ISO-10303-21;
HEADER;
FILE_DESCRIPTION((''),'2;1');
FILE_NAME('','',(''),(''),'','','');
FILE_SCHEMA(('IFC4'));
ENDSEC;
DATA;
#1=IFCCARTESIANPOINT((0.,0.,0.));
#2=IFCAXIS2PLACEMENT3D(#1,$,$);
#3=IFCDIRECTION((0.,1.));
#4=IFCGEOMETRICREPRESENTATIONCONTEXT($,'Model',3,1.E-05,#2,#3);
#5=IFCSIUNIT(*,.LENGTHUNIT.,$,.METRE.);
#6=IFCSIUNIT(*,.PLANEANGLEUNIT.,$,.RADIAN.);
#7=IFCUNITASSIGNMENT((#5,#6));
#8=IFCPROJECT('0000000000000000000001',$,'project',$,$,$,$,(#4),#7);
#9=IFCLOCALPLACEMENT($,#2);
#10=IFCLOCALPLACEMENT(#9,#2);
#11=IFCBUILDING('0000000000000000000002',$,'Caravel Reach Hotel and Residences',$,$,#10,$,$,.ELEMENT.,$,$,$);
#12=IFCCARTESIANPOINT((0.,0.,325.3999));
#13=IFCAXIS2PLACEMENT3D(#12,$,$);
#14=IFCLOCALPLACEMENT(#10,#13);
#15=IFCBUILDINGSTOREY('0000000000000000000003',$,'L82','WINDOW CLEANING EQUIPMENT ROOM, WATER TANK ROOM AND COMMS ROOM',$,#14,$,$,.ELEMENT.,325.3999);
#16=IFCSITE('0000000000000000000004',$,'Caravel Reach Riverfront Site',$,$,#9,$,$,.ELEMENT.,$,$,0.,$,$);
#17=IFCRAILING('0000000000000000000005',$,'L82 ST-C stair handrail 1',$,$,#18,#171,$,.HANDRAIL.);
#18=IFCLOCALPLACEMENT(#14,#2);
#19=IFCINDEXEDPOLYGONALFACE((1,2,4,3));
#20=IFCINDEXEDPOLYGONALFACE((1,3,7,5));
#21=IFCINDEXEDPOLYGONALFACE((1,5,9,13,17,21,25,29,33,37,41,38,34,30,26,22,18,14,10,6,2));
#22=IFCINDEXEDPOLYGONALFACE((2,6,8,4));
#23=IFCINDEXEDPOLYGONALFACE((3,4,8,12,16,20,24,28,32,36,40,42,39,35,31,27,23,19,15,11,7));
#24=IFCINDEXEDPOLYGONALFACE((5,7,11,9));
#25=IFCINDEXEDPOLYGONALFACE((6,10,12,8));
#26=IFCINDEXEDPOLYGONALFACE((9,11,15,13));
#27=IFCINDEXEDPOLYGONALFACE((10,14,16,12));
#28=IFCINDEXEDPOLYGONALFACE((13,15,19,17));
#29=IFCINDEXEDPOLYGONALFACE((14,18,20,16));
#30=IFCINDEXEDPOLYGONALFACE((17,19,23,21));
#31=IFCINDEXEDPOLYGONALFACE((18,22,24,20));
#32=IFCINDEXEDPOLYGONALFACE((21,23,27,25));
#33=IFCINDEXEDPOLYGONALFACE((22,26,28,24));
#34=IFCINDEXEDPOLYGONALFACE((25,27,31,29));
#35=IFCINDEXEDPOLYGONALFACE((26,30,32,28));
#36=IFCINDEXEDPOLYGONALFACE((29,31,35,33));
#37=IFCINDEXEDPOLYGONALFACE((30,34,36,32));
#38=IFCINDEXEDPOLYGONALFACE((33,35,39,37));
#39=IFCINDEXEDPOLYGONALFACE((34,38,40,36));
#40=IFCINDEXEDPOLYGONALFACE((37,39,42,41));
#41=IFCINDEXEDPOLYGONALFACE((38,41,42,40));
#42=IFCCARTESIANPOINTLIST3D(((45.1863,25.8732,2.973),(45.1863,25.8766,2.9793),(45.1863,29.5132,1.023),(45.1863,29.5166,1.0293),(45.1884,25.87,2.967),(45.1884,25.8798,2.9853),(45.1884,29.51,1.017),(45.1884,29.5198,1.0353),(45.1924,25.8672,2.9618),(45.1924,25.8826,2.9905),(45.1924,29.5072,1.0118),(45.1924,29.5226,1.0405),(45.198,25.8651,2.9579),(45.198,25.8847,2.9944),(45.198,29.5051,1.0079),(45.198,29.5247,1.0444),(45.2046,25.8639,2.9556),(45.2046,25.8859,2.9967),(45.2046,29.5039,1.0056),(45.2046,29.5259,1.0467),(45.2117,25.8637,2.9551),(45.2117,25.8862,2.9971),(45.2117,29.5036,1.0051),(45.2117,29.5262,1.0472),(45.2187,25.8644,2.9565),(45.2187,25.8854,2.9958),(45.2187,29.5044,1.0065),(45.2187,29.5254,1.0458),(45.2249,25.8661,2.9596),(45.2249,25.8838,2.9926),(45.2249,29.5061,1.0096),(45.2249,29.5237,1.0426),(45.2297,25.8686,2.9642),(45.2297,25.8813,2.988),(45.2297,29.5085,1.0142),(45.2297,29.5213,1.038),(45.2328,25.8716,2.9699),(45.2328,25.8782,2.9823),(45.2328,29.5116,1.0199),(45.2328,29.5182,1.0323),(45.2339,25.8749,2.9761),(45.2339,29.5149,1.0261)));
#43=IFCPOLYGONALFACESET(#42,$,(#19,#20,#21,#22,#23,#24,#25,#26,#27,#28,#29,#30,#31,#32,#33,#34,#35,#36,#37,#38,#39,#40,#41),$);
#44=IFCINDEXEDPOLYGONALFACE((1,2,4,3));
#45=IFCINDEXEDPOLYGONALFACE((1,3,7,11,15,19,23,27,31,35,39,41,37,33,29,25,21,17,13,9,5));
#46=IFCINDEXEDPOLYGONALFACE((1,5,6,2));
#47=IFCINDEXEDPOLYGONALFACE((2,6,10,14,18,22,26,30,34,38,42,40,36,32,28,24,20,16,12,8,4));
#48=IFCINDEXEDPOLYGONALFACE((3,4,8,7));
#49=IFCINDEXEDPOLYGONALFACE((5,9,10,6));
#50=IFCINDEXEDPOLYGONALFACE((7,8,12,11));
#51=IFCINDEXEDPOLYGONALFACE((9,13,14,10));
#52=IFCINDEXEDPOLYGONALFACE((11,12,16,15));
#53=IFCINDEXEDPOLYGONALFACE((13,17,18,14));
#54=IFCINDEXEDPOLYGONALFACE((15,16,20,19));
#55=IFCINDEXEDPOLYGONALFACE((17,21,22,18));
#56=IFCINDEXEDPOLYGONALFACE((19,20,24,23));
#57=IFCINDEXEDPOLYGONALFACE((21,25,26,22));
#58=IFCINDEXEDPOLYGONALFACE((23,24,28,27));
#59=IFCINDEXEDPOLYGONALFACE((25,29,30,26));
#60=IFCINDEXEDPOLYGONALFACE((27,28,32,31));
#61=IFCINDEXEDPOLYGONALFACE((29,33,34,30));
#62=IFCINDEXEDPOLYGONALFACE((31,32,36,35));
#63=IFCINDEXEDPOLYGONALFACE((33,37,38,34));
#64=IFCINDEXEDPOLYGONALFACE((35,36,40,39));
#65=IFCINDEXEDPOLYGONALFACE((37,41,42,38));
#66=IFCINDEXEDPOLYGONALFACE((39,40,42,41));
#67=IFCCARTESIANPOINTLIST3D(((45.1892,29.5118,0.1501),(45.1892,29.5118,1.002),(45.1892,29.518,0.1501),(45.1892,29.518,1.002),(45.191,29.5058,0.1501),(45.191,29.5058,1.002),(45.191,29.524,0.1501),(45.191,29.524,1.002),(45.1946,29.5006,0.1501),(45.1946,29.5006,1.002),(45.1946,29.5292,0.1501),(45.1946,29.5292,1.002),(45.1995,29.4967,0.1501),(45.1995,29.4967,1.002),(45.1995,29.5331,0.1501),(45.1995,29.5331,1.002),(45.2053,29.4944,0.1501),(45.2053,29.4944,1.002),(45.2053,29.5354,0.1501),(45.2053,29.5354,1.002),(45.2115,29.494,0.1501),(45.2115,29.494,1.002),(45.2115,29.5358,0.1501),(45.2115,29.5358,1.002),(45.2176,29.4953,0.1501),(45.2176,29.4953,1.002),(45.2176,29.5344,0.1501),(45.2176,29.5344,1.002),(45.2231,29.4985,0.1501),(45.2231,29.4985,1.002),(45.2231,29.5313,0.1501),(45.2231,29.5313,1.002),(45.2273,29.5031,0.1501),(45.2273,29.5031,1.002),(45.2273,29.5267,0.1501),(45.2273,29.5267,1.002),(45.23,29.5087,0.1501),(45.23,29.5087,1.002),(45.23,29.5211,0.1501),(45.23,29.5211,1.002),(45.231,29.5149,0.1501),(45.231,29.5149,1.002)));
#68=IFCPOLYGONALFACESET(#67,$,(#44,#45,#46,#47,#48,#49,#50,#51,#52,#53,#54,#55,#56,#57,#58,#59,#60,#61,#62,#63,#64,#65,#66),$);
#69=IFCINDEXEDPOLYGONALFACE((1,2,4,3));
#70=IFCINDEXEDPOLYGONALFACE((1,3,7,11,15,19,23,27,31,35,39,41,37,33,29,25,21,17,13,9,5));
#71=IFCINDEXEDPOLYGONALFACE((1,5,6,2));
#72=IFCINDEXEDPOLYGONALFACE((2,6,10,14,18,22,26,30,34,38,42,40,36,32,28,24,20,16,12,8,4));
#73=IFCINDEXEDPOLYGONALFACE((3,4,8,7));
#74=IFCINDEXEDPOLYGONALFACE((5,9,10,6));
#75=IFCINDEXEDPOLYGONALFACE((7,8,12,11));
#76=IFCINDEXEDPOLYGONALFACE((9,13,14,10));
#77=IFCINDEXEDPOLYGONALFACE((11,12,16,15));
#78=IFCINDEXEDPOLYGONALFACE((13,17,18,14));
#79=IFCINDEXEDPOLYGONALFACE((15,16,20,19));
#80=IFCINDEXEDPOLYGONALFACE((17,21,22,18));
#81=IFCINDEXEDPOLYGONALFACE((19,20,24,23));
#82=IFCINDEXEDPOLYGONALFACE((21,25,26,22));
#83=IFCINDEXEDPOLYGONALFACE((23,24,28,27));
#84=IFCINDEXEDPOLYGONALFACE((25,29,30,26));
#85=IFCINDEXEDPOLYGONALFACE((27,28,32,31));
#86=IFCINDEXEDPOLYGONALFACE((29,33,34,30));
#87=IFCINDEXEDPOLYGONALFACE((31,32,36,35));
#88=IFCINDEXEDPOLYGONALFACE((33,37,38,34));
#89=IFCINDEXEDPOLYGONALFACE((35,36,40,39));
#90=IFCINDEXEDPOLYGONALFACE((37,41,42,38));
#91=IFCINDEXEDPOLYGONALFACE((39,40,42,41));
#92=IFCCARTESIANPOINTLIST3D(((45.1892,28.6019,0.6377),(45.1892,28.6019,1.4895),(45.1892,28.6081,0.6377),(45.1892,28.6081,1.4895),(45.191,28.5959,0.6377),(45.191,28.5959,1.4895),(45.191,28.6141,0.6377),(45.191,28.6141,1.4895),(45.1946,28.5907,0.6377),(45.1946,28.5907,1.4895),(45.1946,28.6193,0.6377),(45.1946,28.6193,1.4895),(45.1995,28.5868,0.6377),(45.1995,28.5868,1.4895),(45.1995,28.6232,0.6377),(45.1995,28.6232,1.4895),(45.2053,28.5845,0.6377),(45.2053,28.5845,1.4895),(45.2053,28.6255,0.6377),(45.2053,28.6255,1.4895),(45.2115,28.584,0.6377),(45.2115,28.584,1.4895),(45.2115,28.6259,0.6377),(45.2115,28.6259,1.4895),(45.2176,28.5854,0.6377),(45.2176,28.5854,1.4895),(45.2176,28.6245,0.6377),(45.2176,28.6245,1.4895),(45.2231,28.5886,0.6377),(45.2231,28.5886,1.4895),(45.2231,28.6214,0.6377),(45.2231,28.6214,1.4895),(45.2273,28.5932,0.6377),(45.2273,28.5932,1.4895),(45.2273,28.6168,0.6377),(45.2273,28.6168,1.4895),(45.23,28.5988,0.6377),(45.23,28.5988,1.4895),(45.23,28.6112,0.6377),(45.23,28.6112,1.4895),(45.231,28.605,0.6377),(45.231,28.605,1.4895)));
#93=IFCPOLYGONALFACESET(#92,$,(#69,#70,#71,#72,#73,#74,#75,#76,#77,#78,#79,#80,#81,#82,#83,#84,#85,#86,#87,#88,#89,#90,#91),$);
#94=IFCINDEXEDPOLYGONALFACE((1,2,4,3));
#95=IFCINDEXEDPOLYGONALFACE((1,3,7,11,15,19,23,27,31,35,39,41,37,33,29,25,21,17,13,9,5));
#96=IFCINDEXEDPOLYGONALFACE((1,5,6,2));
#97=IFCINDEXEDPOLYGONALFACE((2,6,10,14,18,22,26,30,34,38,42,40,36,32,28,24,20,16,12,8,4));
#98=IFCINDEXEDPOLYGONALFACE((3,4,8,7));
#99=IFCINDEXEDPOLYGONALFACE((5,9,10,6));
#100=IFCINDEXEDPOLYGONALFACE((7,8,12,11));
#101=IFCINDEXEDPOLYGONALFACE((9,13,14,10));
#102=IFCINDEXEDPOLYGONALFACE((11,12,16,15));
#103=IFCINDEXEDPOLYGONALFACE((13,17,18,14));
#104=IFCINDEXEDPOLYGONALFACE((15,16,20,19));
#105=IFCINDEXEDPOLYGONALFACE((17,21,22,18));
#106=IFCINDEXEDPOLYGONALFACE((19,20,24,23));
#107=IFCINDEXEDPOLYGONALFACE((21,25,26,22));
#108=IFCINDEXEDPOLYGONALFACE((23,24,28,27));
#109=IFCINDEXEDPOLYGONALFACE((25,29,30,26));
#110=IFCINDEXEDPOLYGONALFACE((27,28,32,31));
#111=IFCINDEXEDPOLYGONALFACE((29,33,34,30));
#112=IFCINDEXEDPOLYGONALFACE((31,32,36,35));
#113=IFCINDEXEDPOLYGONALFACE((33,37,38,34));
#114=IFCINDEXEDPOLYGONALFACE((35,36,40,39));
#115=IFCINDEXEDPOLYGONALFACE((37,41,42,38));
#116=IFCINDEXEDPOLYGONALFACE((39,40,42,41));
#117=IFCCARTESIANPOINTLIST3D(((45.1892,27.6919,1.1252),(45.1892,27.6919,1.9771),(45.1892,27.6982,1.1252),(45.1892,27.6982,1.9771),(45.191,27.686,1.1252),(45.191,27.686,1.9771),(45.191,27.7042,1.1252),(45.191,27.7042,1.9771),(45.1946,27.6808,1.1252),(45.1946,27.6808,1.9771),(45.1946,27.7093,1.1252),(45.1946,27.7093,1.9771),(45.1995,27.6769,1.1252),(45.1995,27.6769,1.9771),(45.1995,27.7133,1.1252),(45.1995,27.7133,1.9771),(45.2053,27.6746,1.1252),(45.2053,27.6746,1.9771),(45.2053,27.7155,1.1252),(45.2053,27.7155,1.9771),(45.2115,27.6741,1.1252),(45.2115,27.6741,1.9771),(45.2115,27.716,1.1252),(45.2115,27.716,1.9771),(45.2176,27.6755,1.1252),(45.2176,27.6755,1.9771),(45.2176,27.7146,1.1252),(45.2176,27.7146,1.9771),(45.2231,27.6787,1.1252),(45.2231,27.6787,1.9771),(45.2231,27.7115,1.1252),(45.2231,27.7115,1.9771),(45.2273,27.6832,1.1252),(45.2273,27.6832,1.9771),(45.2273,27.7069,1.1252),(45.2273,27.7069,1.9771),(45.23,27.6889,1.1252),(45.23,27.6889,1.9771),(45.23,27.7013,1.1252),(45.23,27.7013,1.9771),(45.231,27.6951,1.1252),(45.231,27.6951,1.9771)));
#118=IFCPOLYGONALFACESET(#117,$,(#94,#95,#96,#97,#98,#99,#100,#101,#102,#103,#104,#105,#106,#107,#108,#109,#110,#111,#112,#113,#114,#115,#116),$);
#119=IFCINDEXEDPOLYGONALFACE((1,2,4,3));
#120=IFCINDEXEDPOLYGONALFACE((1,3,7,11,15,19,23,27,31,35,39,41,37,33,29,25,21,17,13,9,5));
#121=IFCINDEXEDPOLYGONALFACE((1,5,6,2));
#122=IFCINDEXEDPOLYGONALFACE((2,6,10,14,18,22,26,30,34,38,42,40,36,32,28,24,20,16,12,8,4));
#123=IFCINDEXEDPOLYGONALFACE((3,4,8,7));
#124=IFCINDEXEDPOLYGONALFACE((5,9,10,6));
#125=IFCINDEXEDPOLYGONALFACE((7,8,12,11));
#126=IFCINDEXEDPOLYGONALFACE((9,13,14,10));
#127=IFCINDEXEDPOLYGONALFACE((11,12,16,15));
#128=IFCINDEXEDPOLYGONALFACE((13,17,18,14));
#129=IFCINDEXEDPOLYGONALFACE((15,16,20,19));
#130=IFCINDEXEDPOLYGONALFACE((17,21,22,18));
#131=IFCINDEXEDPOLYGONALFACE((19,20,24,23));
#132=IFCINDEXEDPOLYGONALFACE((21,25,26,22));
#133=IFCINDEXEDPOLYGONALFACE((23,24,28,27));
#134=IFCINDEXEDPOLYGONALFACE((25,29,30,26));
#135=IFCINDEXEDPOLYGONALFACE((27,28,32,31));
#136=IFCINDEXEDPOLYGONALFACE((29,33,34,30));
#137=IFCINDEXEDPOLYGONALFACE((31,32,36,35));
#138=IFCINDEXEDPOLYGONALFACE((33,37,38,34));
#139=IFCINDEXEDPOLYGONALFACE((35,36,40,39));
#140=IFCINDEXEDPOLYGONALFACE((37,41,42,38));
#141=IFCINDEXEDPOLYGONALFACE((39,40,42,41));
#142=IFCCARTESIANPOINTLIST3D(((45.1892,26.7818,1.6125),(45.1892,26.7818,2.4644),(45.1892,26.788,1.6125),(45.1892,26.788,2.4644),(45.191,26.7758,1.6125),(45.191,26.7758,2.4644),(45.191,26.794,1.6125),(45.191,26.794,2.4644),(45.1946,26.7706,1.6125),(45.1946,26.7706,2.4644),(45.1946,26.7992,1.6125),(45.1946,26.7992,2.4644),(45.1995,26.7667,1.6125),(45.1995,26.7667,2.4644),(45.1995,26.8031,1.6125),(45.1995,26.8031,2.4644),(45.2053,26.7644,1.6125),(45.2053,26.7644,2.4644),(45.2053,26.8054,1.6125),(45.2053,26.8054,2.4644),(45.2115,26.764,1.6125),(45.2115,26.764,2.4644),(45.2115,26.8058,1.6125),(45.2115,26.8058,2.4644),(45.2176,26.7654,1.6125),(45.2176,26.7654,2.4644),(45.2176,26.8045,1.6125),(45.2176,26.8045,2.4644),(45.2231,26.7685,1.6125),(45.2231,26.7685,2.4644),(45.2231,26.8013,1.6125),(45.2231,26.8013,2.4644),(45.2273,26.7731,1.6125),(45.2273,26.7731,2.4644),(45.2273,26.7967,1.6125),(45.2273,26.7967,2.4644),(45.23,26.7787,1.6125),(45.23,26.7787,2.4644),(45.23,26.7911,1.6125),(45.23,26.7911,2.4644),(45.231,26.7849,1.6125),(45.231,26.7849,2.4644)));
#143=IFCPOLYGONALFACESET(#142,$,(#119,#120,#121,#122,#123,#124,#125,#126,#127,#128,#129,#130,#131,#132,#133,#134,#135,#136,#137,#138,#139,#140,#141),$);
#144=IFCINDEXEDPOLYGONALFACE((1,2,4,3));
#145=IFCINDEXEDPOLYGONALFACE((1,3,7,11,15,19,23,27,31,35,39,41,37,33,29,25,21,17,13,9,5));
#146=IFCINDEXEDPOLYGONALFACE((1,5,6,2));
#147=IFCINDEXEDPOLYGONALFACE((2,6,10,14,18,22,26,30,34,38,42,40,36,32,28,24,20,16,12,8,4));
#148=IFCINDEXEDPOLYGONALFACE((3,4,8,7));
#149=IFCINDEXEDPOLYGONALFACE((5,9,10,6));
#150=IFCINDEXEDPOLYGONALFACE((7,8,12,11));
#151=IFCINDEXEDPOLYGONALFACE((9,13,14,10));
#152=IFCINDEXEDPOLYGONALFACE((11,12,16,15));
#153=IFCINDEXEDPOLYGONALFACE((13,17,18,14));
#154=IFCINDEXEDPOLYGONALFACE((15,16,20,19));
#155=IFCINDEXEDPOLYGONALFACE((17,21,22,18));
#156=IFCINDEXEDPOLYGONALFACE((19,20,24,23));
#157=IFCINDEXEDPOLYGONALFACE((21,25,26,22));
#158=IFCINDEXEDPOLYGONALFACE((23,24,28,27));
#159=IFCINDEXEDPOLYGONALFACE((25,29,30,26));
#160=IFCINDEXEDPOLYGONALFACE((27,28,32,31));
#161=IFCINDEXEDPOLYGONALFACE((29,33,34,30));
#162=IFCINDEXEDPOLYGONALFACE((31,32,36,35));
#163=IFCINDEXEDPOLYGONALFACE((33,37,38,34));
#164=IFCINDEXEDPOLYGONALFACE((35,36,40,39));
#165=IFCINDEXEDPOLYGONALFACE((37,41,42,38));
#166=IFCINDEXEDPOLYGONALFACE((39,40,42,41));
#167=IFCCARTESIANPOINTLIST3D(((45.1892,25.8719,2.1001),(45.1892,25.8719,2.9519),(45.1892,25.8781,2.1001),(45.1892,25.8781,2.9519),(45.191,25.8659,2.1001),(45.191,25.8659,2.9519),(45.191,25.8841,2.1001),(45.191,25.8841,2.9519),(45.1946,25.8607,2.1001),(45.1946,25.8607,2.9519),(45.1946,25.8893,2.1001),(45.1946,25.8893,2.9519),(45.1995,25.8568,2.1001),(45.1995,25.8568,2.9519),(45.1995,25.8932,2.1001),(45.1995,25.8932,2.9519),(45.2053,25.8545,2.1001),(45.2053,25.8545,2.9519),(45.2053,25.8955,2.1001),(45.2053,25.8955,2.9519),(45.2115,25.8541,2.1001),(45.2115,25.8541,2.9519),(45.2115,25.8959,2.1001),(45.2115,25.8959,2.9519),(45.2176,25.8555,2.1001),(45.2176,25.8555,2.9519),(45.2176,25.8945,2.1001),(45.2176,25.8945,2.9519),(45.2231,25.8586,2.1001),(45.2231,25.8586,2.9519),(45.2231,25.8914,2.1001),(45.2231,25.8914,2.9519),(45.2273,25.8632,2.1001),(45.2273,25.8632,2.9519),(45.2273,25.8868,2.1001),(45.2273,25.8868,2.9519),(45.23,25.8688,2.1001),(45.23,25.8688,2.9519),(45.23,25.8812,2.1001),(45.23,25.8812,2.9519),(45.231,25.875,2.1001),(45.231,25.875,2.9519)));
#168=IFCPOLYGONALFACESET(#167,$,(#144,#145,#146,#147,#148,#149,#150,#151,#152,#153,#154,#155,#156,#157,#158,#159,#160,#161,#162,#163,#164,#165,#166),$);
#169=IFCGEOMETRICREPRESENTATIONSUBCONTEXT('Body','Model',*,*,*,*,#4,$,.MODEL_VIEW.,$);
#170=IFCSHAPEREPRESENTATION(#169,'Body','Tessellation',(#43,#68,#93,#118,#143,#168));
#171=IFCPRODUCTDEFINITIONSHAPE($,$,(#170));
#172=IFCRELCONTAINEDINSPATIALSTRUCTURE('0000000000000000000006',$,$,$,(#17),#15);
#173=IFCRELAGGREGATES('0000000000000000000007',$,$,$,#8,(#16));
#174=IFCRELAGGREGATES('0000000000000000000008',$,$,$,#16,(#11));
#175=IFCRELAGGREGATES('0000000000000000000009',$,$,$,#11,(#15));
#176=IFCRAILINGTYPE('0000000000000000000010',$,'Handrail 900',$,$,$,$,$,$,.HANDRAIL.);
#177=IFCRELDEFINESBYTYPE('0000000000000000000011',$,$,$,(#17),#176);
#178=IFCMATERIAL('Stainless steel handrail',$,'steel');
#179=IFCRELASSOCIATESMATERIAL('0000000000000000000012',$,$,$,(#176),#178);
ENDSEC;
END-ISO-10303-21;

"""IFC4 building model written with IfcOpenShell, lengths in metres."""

from ifc_helpers import new_model, si_unit, direction, frame, origin, origin_2d, place, context, subcontext, project, spatial, circle, extrude, material, type_object, element, save


model = new_model("IFC4")

# Units and contexts
model_context = context("Model", 3, precision=1e-05, world=origin(), true_north=direction((0.0, 1.0)))
body_context = subcontext(model_context, "Body", "Model", "MODEL_VIEW")
ifc_project = project(units=[si_unit("LENGTHUNIT", "METRE"), si_unit("PLANEANGLEUNIT", "RADIAN")], contexts=[model_context])

# Site, building, storey
site_placement = place(None, origin())
site = spatial("IfcSite", under=ifc_project, at=site_placement, Name="Caravel Reach Riverfront Site", CompositionType="ELEMENT", RefElevation=0.0)
building_placement = place(site_placement, origin())
building = spatial("IfcBuilding", under=site, at=building_placement, Name="Caravel Reach Hotel and Residences", CompositionType="ELEMENT")
storey_placement = place(building_placement, frame((0.0, 0.0, 325.3999)))
storey = spatial("IfcBuildingStorey", under=building, at=storey_placement, Name="L82", Description="WINDOW CLEANING EQUIPMENT ROOM, WATER TANK ROOM AND COMMS ROOM", CompositionType="ELEMENT", Elevation=325.3999)

# Railing
ifc_material_1 = material(Name="Stainless steel handrail", Category="steel")
railing_type_1 = type_object("IfcRailingType", Name="Handrail 900", PredefinedType="HANDRAIL", material=ifc_material_1)
railing_1_placement = place(storey_placement, frame((45.21, 29.5149, 0.1501)))
element("IfcRailing", 1, at=railing_1_placement, inside=storey, type_object=railing_type_1, Name="L82 ST-C stair handrail 1", PredefinedType="HANDRAIL", context=body_context, shape_type="SweptSolid", body=[
    extrude(circle(Radius=0.0239, at=origin_2d()), frame((0.0, 0.0, 0.876), z_axis=(0.0, -0.881479, 0.472223), x_axis=(1.0, 0.0, 0.0)), (0.0, 0.0, 1.0), 4.1294),
    extrude(circle(Radius=0.021, at=origin_2d()), origin(), (0.0, 0.0, 1.0), 0.8518),
    extrude(circle(Radius=0.021, at=origin_2d()), frame((0.0, -0.9099, 0.4875)), (0.0, 0.0, 1.0), 0.8518),
    extrude(circle(Radius=0.021, at=origin_2d()), frame((0.0, -1.8198, 0.9751)), (0.0, 0.0, 1.0), 0.8518),
    extrude(circle(Radius=0.021, at=origin_2d()), frame((0.0, -2.73, 1.4624)), (0.0, 0.0, 1.0), 0.8518),
    extrude(circle(Radius=0.021, at=origin_2d()), frame((0.0, -3.6399, 1.95)), (0.0, 0.0, 1.0), 0.8518),
])

save(model, "model.ifc")
